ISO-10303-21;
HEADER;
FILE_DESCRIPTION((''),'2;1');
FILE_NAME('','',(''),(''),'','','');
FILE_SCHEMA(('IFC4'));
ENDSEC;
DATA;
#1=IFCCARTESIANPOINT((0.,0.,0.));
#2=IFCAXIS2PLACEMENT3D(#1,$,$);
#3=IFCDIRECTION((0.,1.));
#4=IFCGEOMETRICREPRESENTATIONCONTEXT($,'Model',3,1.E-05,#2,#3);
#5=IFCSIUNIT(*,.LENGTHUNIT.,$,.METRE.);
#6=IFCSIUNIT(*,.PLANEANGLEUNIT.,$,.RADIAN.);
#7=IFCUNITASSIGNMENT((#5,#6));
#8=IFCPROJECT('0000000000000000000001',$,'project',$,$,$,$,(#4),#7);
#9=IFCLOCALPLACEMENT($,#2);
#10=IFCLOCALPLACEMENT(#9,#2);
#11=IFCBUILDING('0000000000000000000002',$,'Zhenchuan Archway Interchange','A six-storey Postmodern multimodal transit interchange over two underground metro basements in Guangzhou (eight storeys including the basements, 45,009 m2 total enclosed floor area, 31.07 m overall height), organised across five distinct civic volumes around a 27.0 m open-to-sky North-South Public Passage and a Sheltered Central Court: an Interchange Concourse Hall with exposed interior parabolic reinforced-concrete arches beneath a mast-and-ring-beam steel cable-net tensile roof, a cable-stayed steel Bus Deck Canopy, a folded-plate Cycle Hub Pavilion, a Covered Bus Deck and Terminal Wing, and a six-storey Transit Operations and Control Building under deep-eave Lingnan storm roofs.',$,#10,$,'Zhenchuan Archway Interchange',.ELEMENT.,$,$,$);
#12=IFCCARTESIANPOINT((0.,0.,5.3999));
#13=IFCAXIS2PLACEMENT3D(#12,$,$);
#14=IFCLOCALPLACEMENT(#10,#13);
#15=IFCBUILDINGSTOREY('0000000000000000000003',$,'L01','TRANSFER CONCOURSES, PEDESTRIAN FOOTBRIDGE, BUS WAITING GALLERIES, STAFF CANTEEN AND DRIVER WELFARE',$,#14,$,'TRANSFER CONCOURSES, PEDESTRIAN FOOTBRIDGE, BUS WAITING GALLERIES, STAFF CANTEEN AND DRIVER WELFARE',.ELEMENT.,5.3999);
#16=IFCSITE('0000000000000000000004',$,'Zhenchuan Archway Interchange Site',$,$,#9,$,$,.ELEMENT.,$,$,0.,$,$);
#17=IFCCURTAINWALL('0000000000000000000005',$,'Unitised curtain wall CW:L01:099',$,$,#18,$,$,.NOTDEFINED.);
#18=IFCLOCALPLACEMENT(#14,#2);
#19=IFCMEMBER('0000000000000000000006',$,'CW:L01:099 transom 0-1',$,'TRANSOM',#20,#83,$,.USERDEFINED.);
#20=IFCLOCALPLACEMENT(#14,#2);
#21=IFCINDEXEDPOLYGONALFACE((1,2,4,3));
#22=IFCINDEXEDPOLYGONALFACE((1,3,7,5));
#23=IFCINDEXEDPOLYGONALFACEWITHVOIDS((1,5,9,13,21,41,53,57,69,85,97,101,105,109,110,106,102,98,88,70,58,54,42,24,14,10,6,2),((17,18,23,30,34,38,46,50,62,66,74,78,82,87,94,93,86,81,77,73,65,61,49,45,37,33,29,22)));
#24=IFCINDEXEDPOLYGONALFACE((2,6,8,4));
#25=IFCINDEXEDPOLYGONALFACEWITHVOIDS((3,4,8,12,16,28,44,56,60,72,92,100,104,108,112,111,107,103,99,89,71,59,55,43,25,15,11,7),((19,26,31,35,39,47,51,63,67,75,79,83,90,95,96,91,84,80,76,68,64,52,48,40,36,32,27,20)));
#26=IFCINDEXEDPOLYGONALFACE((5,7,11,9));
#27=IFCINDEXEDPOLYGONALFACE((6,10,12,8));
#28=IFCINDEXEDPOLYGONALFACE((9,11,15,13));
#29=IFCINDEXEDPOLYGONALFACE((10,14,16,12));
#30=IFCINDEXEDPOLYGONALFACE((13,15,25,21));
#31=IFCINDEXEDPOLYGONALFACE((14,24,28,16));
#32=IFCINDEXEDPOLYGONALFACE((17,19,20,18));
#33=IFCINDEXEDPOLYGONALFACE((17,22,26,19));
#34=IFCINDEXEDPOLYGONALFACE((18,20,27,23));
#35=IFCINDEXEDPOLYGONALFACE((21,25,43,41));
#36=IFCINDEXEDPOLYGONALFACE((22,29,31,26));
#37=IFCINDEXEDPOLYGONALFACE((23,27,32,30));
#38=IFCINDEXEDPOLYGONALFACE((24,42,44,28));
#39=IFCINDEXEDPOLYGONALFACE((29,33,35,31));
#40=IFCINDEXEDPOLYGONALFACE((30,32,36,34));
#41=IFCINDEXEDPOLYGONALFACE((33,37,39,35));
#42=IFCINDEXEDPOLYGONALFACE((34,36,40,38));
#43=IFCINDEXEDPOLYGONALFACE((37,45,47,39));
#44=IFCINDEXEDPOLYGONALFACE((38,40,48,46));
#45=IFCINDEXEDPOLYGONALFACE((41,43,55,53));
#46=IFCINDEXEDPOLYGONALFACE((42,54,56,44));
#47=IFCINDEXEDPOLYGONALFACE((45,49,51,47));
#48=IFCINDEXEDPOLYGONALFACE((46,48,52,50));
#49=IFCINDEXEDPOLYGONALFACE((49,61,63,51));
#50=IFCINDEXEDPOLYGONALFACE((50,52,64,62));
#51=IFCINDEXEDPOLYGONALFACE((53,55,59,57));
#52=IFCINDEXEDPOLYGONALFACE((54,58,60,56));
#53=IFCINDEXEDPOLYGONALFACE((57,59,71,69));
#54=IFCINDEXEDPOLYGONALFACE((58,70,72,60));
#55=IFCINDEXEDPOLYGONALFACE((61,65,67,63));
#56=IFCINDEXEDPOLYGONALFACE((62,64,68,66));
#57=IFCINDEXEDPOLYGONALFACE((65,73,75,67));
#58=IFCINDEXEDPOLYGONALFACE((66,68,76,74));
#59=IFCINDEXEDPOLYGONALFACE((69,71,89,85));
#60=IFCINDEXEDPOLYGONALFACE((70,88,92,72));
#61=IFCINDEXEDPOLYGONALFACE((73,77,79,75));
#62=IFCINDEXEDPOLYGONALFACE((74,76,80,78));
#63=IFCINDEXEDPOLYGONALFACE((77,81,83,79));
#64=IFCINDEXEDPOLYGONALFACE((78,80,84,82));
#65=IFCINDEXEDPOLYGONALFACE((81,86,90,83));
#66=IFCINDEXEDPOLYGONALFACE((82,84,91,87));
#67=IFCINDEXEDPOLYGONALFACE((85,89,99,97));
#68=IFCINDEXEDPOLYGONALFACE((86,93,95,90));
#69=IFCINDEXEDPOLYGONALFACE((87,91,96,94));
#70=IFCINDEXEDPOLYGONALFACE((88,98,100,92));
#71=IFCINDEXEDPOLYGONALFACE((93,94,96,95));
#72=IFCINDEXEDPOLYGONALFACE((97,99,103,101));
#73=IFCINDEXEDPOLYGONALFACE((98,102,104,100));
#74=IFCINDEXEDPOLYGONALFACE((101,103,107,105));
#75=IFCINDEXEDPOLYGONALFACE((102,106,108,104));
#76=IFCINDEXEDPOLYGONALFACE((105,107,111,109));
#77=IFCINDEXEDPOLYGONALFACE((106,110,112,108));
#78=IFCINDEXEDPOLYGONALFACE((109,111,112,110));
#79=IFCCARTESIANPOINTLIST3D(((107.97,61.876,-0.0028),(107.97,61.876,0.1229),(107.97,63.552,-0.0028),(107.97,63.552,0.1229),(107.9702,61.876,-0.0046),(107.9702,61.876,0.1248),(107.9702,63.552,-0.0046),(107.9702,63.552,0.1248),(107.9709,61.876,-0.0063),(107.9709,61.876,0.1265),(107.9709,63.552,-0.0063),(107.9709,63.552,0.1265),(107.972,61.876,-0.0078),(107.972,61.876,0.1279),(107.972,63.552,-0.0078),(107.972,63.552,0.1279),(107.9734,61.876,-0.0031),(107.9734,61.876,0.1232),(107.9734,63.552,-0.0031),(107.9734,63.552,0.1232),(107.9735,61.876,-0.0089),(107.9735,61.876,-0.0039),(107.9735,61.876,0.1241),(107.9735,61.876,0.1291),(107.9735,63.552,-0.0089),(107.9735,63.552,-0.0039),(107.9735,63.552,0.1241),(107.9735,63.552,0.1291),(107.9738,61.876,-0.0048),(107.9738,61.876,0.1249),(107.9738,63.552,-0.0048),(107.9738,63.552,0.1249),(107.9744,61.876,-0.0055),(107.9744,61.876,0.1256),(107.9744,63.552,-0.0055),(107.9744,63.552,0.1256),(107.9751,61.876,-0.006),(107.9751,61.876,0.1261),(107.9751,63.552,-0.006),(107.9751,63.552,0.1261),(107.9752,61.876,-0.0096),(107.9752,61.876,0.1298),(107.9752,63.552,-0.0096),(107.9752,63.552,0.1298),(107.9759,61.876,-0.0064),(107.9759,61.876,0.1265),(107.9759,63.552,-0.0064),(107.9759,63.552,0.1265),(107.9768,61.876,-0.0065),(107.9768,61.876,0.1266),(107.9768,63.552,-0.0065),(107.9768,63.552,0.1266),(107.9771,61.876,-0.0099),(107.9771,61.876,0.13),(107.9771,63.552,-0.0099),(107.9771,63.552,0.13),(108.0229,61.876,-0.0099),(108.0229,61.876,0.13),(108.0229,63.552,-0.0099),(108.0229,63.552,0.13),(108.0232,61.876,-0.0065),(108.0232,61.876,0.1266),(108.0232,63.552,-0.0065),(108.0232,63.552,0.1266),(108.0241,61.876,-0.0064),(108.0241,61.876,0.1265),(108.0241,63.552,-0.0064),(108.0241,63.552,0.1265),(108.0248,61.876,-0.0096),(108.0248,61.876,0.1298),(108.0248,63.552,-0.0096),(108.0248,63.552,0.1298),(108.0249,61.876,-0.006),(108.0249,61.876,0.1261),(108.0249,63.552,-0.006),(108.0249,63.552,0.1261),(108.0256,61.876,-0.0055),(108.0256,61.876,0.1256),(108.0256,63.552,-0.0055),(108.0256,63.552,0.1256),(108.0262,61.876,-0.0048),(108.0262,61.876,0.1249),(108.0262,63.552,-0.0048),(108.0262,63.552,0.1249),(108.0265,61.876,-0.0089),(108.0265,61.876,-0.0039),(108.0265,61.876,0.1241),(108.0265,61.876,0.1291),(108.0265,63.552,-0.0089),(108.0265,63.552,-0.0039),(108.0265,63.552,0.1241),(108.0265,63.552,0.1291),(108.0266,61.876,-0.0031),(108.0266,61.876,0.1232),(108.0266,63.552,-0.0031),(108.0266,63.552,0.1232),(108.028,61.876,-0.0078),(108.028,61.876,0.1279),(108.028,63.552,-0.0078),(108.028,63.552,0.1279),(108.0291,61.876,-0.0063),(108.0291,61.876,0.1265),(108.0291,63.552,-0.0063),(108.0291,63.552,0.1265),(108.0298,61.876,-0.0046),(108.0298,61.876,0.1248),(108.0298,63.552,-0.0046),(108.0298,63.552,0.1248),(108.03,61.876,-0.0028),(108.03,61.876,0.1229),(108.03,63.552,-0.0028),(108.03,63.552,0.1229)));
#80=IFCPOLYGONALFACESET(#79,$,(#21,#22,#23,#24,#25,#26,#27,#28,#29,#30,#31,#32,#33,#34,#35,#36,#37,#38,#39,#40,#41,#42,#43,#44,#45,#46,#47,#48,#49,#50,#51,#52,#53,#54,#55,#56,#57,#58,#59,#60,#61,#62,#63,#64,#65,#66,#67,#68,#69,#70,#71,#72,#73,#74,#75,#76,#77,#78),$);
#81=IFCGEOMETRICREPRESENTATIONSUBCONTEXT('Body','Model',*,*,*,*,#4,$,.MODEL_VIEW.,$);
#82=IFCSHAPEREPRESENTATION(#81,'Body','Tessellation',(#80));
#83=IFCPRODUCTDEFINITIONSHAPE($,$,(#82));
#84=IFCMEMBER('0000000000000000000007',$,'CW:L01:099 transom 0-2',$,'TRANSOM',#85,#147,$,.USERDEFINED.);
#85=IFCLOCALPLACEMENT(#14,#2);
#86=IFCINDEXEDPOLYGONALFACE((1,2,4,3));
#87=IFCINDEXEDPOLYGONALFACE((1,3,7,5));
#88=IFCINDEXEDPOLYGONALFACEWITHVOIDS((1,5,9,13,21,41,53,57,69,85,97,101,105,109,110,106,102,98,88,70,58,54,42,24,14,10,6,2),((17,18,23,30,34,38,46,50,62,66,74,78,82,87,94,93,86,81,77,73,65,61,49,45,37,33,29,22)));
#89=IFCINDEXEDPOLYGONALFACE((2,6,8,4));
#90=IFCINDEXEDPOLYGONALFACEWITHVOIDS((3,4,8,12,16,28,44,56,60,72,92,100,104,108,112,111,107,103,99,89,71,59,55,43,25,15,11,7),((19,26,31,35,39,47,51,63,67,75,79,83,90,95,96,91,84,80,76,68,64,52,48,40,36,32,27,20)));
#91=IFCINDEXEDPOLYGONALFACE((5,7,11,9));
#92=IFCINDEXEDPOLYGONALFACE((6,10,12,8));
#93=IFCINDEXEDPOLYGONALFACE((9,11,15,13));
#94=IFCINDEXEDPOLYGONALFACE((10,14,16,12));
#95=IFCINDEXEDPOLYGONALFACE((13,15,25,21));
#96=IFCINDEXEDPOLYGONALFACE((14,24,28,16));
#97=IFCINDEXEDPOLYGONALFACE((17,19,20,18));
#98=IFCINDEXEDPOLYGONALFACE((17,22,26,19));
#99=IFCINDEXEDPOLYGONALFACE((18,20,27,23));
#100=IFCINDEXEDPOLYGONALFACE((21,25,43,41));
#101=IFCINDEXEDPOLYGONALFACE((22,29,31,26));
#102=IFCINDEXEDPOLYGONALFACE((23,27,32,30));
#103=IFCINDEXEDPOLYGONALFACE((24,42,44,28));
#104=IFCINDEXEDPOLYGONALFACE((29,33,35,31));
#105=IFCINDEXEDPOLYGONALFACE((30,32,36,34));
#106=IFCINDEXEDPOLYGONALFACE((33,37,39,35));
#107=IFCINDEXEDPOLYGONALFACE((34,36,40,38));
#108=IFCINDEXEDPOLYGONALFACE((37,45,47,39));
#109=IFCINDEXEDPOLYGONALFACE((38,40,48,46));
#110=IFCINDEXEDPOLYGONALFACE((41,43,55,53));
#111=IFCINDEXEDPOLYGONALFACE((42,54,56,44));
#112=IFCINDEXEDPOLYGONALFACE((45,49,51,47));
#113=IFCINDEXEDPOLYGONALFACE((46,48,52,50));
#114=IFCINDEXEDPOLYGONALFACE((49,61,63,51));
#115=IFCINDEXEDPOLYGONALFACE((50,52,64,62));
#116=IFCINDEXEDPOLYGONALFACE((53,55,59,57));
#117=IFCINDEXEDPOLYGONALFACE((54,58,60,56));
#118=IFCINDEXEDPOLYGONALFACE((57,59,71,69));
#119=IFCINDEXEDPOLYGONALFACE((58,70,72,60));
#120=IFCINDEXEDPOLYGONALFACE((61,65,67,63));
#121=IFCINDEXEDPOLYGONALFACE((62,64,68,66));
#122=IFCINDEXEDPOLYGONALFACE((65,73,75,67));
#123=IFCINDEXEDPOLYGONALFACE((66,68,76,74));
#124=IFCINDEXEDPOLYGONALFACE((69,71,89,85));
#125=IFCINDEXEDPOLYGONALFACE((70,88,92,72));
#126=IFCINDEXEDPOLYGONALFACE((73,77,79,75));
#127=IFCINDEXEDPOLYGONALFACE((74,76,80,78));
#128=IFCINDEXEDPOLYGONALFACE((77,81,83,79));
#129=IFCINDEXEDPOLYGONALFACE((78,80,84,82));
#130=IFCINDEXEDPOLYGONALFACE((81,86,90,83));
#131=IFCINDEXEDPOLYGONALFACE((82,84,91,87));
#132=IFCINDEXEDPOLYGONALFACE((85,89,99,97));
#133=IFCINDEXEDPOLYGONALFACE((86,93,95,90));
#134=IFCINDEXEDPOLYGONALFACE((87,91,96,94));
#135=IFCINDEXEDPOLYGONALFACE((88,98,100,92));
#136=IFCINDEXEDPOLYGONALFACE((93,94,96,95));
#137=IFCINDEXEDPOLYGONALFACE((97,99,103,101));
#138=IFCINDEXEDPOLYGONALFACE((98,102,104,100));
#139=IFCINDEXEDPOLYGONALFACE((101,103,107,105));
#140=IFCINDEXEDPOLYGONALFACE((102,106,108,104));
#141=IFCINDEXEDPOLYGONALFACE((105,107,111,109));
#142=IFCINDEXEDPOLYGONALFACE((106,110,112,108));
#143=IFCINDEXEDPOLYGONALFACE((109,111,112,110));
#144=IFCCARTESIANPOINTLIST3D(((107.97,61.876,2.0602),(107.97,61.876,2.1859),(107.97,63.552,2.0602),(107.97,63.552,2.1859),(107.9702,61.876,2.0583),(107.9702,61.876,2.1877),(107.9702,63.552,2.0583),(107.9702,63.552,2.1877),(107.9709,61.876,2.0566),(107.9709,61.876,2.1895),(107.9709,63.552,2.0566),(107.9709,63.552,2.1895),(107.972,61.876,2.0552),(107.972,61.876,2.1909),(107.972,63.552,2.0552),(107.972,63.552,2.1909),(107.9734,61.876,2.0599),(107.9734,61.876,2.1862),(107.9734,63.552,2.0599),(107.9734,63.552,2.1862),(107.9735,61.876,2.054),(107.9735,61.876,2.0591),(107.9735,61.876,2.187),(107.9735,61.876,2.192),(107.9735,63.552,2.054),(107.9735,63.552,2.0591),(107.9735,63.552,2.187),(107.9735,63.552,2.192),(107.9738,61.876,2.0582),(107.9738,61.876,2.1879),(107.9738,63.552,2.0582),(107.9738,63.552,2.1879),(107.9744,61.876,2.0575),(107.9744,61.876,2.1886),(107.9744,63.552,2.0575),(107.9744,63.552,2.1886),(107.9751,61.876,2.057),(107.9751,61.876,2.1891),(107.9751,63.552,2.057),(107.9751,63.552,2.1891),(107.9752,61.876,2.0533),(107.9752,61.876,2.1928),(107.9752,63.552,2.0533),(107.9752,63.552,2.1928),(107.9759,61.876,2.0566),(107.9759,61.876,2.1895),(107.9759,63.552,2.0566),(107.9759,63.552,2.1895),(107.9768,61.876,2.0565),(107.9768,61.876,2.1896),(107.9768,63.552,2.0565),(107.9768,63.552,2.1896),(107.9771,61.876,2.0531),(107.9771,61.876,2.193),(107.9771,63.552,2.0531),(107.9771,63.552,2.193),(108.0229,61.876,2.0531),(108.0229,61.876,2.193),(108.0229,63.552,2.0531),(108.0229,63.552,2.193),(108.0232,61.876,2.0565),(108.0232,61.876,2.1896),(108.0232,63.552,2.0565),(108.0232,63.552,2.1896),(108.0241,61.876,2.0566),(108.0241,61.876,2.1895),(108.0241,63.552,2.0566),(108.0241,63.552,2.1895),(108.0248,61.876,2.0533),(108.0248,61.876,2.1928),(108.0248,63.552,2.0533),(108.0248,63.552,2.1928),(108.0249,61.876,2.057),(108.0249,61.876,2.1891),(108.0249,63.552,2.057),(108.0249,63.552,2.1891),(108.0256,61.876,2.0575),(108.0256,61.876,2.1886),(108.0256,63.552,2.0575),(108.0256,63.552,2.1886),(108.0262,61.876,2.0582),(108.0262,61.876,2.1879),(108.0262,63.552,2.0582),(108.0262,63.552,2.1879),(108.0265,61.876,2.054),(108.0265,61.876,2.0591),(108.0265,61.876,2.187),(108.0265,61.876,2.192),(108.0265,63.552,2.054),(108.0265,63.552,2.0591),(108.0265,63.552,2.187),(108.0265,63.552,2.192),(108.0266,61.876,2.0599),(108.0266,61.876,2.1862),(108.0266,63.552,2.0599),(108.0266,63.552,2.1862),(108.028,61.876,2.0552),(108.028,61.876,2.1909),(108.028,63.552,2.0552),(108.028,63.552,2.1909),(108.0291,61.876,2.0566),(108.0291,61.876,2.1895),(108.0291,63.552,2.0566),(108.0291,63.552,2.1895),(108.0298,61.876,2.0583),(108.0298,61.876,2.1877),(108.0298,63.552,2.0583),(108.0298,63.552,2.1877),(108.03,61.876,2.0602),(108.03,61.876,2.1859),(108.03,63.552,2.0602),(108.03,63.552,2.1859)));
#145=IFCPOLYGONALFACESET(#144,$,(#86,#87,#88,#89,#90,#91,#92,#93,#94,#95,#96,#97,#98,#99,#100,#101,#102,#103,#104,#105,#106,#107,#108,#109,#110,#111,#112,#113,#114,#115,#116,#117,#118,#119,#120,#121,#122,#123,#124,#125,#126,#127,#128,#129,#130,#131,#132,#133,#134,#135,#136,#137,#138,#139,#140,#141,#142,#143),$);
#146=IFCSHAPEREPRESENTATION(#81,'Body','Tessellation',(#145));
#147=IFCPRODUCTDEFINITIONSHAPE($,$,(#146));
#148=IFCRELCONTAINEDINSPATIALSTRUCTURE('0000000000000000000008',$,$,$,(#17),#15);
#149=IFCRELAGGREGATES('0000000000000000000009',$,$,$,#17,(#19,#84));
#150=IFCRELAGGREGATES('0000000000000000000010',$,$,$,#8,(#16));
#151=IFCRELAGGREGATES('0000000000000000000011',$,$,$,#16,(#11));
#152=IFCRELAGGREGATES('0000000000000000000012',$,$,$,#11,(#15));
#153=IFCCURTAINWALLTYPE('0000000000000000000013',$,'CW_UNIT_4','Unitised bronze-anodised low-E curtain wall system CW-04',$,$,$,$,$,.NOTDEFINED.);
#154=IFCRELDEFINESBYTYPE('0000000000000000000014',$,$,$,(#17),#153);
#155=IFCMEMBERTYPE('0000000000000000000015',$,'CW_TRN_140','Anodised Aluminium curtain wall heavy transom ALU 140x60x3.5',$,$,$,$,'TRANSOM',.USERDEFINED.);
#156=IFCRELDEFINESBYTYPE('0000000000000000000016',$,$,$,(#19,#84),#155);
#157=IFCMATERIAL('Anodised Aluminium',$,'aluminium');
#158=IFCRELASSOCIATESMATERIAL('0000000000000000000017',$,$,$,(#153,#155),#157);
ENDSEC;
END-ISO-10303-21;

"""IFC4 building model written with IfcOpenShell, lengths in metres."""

from ifc_helpers import new_model, si_unit, direction, frame, origin, origin_2d, place, context, subcontext, project, spatial, hollow_rectangle, extrude, material, material_profile, profile_set, type_object, element, aggregate, save


model = new_model("IFC4")

# Units and contexts
model_context = context("Model", 3, precision=1e-05, world=origin(), true_north=direction((0.0, 1.0)))
body_context = subcontext(model_context, "Body", "Model", "MODEL_VIEW")
ifc_project = project(units=[si_unit("LENGTHUNIT", "METRE"), si_unit("PLANEANGLEUNIT", "RADIAN")], contexts=[model_context])

# Site, building, storey
site_placement = place(None, origin())
site = spatial("IfcSite", under=ifc_project, at=site_placement, Name="Zhenchuan Archway Interchange Site", CompositionType="ELEMENT", RefElevation=0.0)
building_placement = place(site_placement, origin())
building = spatial("IfcBuilding", under=site, at=building_placement, Name="Zhenchuan Archway Interchange", Description="A six-storey Postmodern multimodal transit interchange over two underground metro basements in Guangzhou (eight storeys including the basements, 45,009 m2 total enclosed floor area, 31.07 m overall height), organised across five distinct civic volumes around a 27.0 m open-to-sky North-South Public Passage and a Sheltered Central Court: an Interchange Concourse Hall with exposed interior parabolic reinforced-concrete arches beneath a mast-and-ring-beam steel cable-net tensile roof, a cable-stayed steel Bus Deck Canopy, a folded-plate Cycle Hub Pavilion, a Covered Bus Deck and Terminal Wing, and a six-storey Transit Operations and Control Building under deep-eave Lingnan storm roofs.", LongName="Zhenchuan Archway Interchange", CompositionType="ELEMENT")
storey_placement = place(building_placement, frame((0.0, 0.0, 5.3999)))
storey = spatial("IfcBuildingStorey", under=building, at=storey_placement, Name="L01", Description="TRANSFER CONCOURSES, PEDESTRIAN FOOTBRIDGE, BUS WAITING GALLERIES, STAFF CANTEEN AND DRIVER WELFARE", LongName="TRANSFER CONCOURSES, PEDESTRIAN FOOTBRIDGE, BUS WAITING GALLERIES, STAFF CANTEEN AND DRIVER WELFARE", CompositionType="ELEMENT", Elevation=5.3999)

# Curtain wall, members
ifc_material_1 = material(Name="Anodised Aluminium", Category="aluminium")
curtain_wall_type = type_object("IfcCurtainWallType", Name="CW_UNIT_4", Description="Unitised bronze-anodised low-E curtain wall system CW-04", PredefinedType="NOTDEFINED", material=ifc_material_1)
curtain_wall_placement = place(storey_placement, origin())
curtain_wall = element("IfcCurtainWall", 1, at=curtain_wall_placement, inside=storey, type_object=curtain_wall_type, Name="Unitised curtain wall CW:L01:099", PredefinedType="NOTDEFINED")
ifc_material_profile_1 = material_profile(ifc_material_1, hollow_rectangle(XDim=0.0601, YDim=0.1399, WallThickness=0.0034, InnerFilletRadius=0.0034, OuterFilletRadius=0.0071, at=origin_2d()), Name="ALU 140x60x3.5")
ifc_profile_set_1 = profile_set([ifc_material_profile_1], Name="Anodised Aluminium")
member_type_1 = type_object("IfcMemberType", Name="CW_TRN_140", Description="Anodised Aluminium curtain wall heavy transom ALU 140x60x3.5", ElementType="TRANSOM", PredefinedType="USERDEFINED", material=ifc_profile_set_1)
member_1_placement = place(storey_placement, frame((108.0, 63.552, 0.0601), z_axis=(0.0, -1.0, 0.0), x_axis=(1.0, 0.0, 0.0)))
member_1 = element("IfcMember", 2, at=member_1_placement, type_object=member_type_1, Name="CW:L01:099 transom 0-1", ObjectType="TRANSOM", PredefinedType="USERDEFINED", context=body_context, shape_type="SweptSolid", body=[
    extrude(hollow_rectangle(XDim=0.0601, YDim=0.1399, WallThickness=0.0034, InnerFilletRadius=0.0034, OuterFilletRadius=0.0071, at=origin_2d()), origin(), (0.0, 0.0, 1.0), 1.676),
])
member_2_placement = place(storey_placement, frame((108.0, 63.552, 2.123), z_axis=(0.0, -1.0, 0.0), x_axis=(1.0, 0.0, 0.0)))
member_2 = element("IfcMember", 3, at=member_2_placement, type_object=member_type_1, Name="CW:L01:099 transom 0-2", ObjectType="TRANSOM", PredefinedType="USERDEFINED", context=body_context, shape_type="SweptSolid", body=[
    extrude(hollow_rectangle(XDim=0.0601, YDim=0.1399, WallThickness=0.0034, InnerFilletRadius=0.0034, OuterFilletRadius=0.0071, at=origin_2d()), origin(), (0.0, 0.0, 1.0), 1.676),
])
aggregate(curtain_wall, [member_1, member_2])

save(model, "model.ifc")
